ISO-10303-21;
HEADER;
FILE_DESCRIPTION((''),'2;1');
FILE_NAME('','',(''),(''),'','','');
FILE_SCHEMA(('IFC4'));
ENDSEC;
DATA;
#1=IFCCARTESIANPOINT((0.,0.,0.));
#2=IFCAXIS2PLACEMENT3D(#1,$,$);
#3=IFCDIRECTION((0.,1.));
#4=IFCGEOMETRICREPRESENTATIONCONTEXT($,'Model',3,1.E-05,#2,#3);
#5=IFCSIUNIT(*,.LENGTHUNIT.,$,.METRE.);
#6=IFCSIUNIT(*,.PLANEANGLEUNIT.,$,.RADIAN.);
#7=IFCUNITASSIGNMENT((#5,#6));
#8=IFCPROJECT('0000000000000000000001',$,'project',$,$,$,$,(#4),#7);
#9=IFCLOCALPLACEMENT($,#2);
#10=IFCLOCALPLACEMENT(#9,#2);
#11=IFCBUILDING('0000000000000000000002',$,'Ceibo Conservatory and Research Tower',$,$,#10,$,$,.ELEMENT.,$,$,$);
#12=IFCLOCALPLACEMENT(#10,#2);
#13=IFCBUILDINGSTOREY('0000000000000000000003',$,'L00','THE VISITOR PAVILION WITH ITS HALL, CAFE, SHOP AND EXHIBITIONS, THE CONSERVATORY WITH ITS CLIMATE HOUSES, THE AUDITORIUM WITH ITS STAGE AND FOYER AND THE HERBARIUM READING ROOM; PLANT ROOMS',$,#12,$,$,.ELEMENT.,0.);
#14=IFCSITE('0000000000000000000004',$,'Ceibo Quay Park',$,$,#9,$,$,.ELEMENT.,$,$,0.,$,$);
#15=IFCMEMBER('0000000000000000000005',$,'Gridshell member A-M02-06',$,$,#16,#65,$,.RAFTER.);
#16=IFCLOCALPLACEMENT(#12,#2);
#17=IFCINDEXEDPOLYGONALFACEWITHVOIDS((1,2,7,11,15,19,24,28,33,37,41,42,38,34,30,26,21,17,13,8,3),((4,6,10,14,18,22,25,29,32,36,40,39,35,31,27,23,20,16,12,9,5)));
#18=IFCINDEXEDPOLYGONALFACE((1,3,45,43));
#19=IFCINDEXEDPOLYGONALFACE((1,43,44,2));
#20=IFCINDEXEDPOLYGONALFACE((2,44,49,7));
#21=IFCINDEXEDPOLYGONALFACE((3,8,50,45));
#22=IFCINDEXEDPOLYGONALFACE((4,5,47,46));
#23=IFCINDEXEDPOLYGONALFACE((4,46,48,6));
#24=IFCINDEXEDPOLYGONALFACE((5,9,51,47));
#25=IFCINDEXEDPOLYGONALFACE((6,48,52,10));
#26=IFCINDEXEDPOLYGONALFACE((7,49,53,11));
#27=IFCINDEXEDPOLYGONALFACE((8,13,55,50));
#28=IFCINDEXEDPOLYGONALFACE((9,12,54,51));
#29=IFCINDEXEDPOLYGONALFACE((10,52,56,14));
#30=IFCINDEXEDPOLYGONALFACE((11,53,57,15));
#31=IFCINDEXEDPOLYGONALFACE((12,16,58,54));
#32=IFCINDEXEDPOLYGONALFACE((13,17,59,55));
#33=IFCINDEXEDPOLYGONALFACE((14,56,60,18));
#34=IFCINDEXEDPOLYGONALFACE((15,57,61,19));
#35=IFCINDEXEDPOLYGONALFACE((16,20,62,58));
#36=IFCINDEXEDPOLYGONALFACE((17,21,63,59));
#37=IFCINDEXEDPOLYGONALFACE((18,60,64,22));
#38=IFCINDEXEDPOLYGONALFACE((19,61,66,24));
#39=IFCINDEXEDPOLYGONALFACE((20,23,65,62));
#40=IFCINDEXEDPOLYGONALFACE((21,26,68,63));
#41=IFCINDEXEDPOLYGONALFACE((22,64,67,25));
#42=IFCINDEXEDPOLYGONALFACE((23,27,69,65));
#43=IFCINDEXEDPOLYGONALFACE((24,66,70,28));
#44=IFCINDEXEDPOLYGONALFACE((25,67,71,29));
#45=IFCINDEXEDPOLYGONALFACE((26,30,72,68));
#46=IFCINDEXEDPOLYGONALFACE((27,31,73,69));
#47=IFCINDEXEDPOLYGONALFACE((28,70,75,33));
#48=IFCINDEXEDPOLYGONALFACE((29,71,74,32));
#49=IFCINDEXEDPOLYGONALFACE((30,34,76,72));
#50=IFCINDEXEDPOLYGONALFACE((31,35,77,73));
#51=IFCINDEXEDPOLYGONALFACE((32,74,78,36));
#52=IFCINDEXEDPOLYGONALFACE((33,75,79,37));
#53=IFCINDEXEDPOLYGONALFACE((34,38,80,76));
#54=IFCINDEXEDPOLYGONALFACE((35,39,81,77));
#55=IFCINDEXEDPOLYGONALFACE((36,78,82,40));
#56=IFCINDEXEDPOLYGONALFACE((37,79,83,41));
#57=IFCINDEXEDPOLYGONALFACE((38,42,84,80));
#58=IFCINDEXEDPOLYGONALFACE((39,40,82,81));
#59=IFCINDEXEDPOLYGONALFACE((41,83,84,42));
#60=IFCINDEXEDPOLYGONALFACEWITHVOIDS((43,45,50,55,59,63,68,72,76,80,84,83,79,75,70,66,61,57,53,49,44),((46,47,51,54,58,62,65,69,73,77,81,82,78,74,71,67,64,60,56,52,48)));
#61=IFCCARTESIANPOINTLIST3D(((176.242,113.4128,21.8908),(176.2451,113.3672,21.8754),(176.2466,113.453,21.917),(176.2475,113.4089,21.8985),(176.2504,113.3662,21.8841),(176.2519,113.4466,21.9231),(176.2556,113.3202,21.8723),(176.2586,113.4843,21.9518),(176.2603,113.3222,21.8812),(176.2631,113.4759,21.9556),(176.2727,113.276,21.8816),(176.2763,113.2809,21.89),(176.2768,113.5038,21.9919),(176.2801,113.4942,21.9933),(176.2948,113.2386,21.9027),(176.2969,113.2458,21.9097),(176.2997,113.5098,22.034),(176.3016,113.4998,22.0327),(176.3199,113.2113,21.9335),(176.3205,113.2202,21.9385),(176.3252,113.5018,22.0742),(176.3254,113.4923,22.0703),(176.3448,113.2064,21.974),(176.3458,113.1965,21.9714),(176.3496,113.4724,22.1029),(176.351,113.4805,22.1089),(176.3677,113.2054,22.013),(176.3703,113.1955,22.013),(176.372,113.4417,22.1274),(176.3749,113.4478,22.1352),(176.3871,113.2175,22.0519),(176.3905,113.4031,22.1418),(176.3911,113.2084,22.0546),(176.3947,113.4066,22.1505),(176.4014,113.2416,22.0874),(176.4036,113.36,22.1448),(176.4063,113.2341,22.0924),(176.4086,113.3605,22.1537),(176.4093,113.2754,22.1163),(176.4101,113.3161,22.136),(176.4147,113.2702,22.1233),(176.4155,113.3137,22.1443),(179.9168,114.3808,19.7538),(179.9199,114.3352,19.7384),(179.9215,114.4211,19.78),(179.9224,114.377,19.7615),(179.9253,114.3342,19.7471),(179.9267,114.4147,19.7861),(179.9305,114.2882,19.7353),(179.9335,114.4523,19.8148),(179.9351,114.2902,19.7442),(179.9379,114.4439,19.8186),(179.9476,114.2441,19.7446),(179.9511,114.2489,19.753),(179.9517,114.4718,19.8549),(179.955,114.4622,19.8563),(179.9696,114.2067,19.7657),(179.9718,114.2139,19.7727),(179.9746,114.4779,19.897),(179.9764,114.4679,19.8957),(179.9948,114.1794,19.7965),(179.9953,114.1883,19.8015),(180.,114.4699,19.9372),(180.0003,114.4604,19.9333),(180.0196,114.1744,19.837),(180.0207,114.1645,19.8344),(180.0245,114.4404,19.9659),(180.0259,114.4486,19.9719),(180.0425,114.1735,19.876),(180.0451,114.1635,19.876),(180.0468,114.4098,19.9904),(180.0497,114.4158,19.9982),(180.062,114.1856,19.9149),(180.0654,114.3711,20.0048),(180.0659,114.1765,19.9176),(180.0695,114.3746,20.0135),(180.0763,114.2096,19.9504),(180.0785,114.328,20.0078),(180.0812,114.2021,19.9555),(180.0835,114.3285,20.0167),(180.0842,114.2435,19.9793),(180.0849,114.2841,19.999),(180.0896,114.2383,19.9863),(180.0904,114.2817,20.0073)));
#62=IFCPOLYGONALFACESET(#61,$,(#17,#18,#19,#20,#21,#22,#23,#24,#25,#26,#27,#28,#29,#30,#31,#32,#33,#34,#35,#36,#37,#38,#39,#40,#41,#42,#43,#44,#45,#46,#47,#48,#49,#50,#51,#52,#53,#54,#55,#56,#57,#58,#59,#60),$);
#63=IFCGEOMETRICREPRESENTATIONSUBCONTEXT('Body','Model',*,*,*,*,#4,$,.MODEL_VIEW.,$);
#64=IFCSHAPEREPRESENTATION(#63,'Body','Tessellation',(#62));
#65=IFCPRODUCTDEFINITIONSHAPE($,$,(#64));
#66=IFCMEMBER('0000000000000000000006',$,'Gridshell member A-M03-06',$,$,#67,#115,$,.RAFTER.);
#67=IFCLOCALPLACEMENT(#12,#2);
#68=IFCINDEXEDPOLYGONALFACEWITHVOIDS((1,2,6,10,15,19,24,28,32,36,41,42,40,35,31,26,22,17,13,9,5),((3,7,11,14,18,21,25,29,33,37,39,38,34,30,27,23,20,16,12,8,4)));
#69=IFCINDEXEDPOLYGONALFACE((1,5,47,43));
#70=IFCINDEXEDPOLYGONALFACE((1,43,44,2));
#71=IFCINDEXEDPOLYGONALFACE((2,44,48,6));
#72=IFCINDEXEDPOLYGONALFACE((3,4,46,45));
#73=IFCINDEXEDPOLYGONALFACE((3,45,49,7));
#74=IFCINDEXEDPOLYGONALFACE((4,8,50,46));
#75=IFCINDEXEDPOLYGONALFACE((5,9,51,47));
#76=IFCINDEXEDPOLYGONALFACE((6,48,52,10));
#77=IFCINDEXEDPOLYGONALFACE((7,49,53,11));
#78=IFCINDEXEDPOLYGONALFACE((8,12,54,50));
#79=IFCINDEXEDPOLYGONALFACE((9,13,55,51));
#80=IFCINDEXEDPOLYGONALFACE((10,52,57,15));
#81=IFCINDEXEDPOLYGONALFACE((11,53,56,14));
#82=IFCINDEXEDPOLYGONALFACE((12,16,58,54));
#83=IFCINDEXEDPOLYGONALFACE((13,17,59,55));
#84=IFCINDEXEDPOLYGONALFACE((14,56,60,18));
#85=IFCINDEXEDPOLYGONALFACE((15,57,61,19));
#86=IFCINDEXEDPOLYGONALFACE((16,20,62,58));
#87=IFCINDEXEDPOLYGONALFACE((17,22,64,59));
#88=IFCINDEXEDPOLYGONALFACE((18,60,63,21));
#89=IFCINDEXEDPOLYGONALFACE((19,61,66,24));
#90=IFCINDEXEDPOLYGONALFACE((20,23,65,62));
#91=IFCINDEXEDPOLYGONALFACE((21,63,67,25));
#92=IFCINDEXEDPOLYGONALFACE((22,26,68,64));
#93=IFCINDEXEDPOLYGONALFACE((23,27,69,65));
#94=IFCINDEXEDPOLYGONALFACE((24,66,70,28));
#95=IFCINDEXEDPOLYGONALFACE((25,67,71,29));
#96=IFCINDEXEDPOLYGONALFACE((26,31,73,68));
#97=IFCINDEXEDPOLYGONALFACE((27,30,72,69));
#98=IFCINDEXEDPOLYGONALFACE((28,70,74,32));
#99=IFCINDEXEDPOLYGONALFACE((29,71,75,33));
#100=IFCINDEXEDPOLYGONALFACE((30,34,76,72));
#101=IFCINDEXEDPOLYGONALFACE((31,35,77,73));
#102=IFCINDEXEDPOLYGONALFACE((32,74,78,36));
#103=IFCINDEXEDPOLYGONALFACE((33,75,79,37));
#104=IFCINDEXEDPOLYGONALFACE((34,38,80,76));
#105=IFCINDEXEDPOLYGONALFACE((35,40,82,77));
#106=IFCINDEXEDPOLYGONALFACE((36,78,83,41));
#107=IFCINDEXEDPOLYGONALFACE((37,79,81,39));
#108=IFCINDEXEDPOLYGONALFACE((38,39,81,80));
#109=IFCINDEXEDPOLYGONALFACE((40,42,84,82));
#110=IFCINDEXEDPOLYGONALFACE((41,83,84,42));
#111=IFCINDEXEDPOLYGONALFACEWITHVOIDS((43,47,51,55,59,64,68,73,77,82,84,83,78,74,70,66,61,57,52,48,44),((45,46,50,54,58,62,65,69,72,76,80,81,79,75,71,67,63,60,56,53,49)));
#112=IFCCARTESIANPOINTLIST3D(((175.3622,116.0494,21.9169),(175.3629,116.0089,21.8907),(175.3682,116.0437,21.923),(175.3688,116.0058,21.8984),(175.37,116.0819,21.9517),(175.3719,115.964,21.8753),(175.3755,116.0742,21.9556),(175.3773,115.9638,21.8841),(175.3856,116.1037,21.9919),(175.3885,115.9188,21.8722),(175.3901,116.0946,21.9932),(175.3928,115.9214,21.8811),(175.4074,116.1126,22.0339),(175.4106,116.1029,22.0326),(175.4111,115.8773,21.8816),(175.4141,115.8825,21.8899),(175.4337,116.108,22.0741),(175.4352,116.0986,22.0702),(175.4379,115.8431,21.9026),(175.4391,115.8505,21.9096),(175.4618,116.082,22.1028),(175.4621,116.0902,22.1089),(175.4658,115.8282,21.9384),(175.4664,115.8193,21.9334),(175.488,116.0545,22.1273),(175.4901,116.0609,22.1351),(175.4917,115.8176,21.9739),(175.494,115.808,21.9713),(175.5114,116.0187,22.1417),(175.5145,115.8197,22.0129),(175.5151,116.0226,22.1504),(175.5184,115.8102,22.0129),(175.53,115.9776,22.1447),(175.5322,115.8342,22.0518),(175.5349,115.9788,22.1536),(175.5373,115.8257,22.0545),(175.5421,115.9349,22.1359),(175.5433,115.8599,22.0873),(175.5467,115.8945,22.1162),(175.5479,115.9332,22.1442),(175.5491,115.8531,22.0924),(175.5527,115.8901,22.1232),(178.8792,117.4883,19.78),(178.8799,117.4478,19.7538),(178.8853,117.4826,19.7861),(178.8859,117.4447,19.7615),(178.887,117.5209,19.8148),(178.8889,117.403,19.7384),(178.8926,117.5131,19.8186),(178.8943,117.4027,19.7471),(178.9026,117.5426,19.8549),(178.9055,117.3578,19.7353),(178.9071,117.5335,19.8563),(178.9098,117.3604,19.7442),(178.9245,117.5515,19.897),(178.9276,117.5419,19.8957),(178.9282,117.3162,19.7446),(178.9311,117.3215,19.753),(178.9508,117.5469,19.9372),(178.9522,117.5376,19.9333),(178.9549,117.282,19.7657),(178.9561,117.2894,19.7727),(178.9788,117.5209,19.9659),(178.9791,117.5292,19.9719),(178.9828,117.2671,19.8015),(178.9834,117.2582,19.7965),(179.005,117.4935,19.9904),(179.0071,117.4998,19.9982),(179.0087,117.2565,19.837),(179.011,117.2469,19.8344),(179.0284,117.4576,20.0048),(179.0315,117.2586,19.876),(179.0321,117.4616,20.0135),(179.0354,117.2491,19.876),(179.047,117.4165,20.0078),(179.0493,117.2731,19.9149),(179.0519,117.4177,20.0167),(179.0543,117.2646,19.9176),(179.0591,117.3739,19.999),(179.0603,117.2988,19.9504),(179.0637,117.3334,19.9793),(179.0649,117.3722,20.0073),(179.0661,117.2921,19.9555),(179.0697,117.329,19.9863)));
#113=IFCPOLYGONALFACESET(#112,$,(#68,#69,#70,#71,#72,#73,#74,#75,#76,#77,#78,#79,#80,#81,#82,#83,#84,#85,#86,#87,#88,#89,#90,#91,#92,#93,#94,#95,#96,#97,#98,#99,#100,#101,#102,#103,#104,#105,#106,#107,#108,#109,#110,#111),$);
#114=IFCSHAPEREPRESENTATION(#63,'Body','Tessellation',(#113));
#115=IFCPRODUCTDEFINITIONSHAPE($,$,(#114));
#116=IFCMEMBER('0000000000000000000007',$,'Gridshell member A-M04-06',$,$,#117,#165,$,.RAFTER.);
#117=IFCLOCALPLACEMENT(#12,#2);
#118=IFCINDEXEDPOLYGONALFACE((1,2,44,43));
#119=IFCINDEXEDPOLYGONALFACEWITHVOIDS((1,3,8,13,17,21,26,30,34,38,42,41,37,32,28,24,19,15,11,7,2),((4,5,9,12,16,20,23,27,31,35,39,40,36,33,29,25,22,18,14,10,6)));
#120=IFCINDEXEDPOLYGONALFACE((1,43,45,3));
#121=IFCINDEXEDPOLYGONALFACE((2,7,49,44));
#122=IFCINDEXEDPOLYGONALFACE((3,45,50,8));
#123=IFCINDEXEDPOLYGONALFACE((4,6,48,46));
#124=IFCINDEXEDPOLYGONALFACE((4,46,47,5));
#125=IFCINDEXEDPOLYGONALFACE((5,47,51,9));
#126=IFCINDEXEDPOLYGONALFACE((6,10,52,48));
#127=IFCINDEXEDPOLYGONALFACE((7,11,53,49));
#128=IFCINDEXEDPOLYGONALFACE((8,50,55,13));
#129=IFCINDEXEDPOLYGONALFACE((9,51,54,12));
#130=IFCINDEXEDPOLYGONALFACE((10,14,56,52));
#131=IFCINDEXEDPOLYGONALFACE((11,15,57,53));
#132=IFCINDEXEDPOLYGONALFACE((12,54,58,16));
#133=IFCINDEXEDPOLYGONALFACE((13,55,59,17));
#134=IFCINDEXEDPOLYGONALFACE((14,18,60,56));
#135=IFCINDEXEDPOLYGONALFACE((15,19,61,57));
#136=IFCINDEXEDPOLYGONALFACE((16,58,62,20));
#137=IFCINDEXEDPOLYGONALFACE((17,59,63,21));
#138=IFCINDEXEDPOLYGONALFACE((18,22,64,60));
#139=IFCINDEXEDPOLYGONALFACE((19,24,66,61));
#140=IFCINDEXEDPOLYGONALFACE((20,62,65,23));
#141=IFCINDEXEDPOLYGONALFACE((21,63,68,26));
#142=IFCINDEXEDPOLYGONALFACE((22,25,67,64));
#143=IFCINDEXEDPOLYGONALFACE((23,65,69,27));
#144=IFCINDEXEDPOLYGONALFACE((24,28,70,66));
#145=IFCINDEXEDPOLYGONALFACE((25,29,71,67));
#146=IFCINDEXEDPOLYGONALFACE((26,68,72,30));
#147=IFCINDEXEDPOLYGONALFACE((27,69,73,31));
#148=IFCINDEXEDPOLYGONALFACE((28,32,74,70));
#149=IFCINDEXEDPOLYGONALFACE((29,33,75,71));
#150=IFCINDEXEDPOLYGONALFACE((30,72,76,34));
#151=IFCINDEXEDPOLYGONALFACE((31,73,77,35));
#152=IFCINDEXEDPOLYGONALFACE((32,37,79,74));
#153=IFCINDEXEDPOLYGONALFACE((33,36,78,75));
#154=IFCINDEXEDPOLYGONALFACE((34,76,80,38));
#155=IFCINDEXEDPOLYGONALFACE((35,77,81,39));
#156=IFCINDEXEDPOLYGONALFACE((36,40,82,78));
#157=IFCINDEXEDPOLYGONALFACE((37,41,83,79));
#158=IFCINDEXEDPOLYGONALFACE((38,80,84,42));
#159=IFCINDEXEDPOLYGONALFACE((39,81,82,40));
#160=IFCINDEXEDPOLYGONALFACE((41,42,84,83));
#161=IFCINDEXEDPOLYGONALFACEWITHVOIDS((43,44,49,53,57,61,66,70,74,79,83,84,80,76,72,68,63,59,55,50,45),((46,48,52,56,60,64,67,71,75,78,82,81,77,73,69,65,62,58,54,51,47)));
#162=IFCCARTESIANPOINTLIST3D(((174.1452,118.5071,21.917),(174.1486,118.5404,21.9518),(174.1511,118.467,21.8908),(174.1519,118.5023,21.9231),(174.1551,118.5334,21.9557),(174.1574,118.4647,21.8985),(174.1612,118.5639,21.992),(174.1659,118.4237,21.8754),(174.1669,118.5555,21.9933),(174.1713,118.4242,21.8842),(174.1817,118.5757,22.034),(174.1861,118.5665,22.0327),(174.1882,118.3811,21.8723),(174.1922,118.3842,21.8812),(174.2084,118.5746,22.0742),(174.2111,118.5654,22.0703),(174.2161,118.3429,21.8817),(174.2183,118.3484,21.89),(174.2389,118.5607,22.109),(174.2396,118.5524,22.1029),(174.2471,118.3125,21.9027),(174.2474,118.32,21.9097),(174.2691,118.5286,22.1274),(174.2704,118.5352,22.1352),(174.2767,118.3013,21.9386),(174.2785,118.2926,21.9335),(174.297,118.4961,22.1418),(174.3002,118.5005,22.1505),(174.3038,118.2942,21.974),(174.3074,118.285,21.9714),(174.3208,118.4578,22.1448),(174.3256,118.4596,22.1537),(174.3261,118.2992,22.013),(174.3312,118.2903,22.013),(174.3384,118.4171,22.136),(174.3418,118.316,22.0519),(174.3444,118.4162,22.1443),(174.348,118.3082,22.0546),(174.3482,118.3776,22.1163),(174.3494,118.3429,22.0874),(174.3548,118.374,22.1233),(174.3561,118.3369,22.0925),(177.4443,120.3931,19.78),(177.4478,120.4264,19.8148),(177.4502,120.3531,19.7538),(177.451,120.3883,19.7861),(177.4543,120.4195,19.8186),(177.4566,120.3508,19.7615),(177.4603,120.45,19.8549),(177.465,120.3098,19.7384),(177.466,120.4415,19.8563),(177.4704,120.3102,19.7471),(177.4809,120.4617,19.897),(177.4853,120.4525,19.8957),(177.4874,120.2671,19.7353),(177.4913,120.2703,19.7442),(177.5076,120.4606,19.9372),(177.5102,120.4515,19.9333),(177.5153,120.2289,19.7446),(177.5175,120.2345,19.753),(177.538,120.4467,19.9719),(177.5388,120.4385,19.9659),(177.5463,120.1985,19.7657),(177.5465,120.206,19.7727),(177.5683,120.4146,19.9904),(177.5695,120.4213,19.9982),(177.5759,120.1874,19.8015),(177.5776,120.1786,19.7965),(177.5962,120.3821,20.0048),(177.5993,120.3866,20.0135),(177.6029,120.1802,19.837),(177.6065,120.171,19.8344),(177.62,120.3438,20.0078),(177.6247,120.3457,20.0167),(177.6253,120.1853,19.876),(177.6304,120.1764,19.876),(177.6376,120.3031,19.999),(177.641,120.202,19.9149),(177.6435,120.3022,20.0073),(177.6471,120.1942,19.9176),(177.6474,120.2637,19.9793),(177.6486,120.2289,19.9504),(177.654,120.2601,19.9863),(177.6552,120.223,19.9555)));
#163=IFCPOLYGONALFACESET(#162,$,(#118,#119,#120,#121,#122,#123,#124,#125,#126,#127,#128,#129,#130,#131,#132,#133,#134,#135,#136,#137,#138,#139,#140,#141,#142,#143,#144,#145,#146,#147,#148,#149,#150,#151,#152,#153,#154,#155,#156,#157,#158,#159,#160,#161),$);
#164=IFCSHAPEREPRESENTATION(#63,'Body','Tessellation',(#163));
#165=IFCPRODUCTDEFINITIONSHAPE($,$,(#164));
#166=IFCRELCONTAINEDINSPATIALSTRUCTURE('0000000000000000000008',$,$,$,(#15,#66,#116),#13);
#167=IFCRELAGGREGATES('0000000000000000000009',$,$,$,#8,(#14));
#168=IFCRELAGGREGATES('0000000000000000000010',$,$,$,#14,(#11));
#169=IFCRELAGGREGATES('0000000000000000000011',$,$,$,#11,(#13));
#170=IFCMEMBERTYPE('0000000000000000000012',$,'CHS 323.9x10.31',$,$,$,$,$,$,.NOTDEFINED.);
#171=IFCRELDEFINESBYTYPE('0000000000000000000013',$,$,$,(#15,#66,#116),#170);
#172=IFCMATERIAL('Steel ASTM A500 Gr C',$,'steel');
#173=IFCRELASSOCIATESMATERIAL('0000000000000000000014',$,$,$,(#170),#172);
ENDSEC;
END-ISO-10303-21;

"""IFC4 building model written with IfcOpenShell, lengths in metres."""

from ifc_helpers import new_model, si_unit, direction, frame, origin, origin_2d, place, context, subcontext, project, spatial, hollow_circle, extrude, material, material_profile, profile_set, type_object, element, save


model = new_model("IFC4")

# Units and contexts
model_context = context("Model", 3, precision=1e-05, world=origin(), true_north=direction((0.0, 1.0)))
body_context = subcontext(model_context, "Body", "Model", "MODEL_VIEW")
ifc_project = project(units=[si_unit("LENGTHUNIT", "METRE"), si_unit("PLANEANGLEUNIT", "RADIAN")], contexts=[model_context])

# Site, building, storey
site_placement = place(None, origin())
site = spatial("IfcSite", under=ifc_project, at=site_placement, Name="Ceibo Quay Park", CompositionType="ELEMENT", RefElevation=0.0)
building_placement = place(site_placement, origin())
building = spatial("IfcBuilding", under=site, at=building_placement, Name="Ceibo Conservatory and Research Tower", CompositionType="ELEMENT")
storey_placement = place(building_placement, origin())
storey = spatial("IfcBuildingStorey", under=building, at=storey_placement, Name="L00", Description="THE VISITOR PAVILION WITH ITS HALL, CAFE, SHOP AND EXHIBITIONS, THE CONSERVATORY WITH ITS CLIMATE HOUSES, THE AUDITORIUM WITH ITS STAGE AND FOYER AND THE HERBARIUM READING ROOM; PLANT ROOMS", CompositionType="ELEMENT", Elevation=0.0)

# Members
ifc_material_1 = material(Name="Steel ASTM A500 Gr C", Category="steel")
ifc_material_profile_1 = material_profile(ifc_material_1, hollow_circle(Radius=0.1619, WallThickness=0.0103, at=origin_2d()), Name="CHS 323.9x10.31")
ifc_profile_set_1 = profile_set([ifc_material_profile_1], Name="Steel ASTM A500 Gr C")
member_type_1 = type_object("IfcMemberType", Name="CHS 323.9x10.31", PredefinedType="NOTDEFINED", material=ifc_profile_set_1)
member_1_placement = place(storey_placement, frame((180.0039, 114.3201, 19.876), z_axis=(-0.842884, -0.222033, 0.490152), x_axis=(0.25473, -0.967012, 0.0)))
element("IfcMember", 1, at=member_1_placement, inside=storey, type_object=member_type_1, Name="Gridshell member A-M02-06", PredefinedType="RAFTER", context=body_context, shape_type="SweptSolid", body=[
    extrude(hollow_circle(Radius=0.1619, WallThickness=0.0103, at=origin_2d()), origin(), (0.0, 0.0, 1.0), 4.3599),
])
member_2_placement = place(storey_placement, frame((178.9741, 117.3989, 19.876), z_axis=(-0.806724, -0.330059, 0.490161), x_axis=(0.378668, -0.925533, 0.0)))
element("IfcMember", 2, at=member_2_placement, inside=storey, type_object=member_type_1, Name="Gridshell member A-M03-06", PredefinedType="RAFTER", context=body_context, shape_type="SweptSolid", body=[
    extrude(hollow_circle(Radius=0.1619, WallThickness=0.0103, at=origin_2d()), origin(), (0.0, 0.0, 1.0), 4.3596),
])
member_3_placement = place(storey_placement, frame((177.55, 120.3169, 19.876), z_axis=(-0.756711, -0.43259, 0.490157), x_axis=(0.496298, -0.868152, 0.0)))
element("IfcMember", 3, at=member_3_placement, inside=storey, type_object=member_type_1, Name="Gridshell member A-M04-06", PredefinedType="RAFTER", context=body_context, shape_type="SweptSolid", body=[
    extrude(hollow_circle(Radius=0.1619, WallThickness=0.0103, at=origin_2d()), origin(), (0.0, 0.0, 1.0), 4.3599),
])

save(model, "model.ifc")
